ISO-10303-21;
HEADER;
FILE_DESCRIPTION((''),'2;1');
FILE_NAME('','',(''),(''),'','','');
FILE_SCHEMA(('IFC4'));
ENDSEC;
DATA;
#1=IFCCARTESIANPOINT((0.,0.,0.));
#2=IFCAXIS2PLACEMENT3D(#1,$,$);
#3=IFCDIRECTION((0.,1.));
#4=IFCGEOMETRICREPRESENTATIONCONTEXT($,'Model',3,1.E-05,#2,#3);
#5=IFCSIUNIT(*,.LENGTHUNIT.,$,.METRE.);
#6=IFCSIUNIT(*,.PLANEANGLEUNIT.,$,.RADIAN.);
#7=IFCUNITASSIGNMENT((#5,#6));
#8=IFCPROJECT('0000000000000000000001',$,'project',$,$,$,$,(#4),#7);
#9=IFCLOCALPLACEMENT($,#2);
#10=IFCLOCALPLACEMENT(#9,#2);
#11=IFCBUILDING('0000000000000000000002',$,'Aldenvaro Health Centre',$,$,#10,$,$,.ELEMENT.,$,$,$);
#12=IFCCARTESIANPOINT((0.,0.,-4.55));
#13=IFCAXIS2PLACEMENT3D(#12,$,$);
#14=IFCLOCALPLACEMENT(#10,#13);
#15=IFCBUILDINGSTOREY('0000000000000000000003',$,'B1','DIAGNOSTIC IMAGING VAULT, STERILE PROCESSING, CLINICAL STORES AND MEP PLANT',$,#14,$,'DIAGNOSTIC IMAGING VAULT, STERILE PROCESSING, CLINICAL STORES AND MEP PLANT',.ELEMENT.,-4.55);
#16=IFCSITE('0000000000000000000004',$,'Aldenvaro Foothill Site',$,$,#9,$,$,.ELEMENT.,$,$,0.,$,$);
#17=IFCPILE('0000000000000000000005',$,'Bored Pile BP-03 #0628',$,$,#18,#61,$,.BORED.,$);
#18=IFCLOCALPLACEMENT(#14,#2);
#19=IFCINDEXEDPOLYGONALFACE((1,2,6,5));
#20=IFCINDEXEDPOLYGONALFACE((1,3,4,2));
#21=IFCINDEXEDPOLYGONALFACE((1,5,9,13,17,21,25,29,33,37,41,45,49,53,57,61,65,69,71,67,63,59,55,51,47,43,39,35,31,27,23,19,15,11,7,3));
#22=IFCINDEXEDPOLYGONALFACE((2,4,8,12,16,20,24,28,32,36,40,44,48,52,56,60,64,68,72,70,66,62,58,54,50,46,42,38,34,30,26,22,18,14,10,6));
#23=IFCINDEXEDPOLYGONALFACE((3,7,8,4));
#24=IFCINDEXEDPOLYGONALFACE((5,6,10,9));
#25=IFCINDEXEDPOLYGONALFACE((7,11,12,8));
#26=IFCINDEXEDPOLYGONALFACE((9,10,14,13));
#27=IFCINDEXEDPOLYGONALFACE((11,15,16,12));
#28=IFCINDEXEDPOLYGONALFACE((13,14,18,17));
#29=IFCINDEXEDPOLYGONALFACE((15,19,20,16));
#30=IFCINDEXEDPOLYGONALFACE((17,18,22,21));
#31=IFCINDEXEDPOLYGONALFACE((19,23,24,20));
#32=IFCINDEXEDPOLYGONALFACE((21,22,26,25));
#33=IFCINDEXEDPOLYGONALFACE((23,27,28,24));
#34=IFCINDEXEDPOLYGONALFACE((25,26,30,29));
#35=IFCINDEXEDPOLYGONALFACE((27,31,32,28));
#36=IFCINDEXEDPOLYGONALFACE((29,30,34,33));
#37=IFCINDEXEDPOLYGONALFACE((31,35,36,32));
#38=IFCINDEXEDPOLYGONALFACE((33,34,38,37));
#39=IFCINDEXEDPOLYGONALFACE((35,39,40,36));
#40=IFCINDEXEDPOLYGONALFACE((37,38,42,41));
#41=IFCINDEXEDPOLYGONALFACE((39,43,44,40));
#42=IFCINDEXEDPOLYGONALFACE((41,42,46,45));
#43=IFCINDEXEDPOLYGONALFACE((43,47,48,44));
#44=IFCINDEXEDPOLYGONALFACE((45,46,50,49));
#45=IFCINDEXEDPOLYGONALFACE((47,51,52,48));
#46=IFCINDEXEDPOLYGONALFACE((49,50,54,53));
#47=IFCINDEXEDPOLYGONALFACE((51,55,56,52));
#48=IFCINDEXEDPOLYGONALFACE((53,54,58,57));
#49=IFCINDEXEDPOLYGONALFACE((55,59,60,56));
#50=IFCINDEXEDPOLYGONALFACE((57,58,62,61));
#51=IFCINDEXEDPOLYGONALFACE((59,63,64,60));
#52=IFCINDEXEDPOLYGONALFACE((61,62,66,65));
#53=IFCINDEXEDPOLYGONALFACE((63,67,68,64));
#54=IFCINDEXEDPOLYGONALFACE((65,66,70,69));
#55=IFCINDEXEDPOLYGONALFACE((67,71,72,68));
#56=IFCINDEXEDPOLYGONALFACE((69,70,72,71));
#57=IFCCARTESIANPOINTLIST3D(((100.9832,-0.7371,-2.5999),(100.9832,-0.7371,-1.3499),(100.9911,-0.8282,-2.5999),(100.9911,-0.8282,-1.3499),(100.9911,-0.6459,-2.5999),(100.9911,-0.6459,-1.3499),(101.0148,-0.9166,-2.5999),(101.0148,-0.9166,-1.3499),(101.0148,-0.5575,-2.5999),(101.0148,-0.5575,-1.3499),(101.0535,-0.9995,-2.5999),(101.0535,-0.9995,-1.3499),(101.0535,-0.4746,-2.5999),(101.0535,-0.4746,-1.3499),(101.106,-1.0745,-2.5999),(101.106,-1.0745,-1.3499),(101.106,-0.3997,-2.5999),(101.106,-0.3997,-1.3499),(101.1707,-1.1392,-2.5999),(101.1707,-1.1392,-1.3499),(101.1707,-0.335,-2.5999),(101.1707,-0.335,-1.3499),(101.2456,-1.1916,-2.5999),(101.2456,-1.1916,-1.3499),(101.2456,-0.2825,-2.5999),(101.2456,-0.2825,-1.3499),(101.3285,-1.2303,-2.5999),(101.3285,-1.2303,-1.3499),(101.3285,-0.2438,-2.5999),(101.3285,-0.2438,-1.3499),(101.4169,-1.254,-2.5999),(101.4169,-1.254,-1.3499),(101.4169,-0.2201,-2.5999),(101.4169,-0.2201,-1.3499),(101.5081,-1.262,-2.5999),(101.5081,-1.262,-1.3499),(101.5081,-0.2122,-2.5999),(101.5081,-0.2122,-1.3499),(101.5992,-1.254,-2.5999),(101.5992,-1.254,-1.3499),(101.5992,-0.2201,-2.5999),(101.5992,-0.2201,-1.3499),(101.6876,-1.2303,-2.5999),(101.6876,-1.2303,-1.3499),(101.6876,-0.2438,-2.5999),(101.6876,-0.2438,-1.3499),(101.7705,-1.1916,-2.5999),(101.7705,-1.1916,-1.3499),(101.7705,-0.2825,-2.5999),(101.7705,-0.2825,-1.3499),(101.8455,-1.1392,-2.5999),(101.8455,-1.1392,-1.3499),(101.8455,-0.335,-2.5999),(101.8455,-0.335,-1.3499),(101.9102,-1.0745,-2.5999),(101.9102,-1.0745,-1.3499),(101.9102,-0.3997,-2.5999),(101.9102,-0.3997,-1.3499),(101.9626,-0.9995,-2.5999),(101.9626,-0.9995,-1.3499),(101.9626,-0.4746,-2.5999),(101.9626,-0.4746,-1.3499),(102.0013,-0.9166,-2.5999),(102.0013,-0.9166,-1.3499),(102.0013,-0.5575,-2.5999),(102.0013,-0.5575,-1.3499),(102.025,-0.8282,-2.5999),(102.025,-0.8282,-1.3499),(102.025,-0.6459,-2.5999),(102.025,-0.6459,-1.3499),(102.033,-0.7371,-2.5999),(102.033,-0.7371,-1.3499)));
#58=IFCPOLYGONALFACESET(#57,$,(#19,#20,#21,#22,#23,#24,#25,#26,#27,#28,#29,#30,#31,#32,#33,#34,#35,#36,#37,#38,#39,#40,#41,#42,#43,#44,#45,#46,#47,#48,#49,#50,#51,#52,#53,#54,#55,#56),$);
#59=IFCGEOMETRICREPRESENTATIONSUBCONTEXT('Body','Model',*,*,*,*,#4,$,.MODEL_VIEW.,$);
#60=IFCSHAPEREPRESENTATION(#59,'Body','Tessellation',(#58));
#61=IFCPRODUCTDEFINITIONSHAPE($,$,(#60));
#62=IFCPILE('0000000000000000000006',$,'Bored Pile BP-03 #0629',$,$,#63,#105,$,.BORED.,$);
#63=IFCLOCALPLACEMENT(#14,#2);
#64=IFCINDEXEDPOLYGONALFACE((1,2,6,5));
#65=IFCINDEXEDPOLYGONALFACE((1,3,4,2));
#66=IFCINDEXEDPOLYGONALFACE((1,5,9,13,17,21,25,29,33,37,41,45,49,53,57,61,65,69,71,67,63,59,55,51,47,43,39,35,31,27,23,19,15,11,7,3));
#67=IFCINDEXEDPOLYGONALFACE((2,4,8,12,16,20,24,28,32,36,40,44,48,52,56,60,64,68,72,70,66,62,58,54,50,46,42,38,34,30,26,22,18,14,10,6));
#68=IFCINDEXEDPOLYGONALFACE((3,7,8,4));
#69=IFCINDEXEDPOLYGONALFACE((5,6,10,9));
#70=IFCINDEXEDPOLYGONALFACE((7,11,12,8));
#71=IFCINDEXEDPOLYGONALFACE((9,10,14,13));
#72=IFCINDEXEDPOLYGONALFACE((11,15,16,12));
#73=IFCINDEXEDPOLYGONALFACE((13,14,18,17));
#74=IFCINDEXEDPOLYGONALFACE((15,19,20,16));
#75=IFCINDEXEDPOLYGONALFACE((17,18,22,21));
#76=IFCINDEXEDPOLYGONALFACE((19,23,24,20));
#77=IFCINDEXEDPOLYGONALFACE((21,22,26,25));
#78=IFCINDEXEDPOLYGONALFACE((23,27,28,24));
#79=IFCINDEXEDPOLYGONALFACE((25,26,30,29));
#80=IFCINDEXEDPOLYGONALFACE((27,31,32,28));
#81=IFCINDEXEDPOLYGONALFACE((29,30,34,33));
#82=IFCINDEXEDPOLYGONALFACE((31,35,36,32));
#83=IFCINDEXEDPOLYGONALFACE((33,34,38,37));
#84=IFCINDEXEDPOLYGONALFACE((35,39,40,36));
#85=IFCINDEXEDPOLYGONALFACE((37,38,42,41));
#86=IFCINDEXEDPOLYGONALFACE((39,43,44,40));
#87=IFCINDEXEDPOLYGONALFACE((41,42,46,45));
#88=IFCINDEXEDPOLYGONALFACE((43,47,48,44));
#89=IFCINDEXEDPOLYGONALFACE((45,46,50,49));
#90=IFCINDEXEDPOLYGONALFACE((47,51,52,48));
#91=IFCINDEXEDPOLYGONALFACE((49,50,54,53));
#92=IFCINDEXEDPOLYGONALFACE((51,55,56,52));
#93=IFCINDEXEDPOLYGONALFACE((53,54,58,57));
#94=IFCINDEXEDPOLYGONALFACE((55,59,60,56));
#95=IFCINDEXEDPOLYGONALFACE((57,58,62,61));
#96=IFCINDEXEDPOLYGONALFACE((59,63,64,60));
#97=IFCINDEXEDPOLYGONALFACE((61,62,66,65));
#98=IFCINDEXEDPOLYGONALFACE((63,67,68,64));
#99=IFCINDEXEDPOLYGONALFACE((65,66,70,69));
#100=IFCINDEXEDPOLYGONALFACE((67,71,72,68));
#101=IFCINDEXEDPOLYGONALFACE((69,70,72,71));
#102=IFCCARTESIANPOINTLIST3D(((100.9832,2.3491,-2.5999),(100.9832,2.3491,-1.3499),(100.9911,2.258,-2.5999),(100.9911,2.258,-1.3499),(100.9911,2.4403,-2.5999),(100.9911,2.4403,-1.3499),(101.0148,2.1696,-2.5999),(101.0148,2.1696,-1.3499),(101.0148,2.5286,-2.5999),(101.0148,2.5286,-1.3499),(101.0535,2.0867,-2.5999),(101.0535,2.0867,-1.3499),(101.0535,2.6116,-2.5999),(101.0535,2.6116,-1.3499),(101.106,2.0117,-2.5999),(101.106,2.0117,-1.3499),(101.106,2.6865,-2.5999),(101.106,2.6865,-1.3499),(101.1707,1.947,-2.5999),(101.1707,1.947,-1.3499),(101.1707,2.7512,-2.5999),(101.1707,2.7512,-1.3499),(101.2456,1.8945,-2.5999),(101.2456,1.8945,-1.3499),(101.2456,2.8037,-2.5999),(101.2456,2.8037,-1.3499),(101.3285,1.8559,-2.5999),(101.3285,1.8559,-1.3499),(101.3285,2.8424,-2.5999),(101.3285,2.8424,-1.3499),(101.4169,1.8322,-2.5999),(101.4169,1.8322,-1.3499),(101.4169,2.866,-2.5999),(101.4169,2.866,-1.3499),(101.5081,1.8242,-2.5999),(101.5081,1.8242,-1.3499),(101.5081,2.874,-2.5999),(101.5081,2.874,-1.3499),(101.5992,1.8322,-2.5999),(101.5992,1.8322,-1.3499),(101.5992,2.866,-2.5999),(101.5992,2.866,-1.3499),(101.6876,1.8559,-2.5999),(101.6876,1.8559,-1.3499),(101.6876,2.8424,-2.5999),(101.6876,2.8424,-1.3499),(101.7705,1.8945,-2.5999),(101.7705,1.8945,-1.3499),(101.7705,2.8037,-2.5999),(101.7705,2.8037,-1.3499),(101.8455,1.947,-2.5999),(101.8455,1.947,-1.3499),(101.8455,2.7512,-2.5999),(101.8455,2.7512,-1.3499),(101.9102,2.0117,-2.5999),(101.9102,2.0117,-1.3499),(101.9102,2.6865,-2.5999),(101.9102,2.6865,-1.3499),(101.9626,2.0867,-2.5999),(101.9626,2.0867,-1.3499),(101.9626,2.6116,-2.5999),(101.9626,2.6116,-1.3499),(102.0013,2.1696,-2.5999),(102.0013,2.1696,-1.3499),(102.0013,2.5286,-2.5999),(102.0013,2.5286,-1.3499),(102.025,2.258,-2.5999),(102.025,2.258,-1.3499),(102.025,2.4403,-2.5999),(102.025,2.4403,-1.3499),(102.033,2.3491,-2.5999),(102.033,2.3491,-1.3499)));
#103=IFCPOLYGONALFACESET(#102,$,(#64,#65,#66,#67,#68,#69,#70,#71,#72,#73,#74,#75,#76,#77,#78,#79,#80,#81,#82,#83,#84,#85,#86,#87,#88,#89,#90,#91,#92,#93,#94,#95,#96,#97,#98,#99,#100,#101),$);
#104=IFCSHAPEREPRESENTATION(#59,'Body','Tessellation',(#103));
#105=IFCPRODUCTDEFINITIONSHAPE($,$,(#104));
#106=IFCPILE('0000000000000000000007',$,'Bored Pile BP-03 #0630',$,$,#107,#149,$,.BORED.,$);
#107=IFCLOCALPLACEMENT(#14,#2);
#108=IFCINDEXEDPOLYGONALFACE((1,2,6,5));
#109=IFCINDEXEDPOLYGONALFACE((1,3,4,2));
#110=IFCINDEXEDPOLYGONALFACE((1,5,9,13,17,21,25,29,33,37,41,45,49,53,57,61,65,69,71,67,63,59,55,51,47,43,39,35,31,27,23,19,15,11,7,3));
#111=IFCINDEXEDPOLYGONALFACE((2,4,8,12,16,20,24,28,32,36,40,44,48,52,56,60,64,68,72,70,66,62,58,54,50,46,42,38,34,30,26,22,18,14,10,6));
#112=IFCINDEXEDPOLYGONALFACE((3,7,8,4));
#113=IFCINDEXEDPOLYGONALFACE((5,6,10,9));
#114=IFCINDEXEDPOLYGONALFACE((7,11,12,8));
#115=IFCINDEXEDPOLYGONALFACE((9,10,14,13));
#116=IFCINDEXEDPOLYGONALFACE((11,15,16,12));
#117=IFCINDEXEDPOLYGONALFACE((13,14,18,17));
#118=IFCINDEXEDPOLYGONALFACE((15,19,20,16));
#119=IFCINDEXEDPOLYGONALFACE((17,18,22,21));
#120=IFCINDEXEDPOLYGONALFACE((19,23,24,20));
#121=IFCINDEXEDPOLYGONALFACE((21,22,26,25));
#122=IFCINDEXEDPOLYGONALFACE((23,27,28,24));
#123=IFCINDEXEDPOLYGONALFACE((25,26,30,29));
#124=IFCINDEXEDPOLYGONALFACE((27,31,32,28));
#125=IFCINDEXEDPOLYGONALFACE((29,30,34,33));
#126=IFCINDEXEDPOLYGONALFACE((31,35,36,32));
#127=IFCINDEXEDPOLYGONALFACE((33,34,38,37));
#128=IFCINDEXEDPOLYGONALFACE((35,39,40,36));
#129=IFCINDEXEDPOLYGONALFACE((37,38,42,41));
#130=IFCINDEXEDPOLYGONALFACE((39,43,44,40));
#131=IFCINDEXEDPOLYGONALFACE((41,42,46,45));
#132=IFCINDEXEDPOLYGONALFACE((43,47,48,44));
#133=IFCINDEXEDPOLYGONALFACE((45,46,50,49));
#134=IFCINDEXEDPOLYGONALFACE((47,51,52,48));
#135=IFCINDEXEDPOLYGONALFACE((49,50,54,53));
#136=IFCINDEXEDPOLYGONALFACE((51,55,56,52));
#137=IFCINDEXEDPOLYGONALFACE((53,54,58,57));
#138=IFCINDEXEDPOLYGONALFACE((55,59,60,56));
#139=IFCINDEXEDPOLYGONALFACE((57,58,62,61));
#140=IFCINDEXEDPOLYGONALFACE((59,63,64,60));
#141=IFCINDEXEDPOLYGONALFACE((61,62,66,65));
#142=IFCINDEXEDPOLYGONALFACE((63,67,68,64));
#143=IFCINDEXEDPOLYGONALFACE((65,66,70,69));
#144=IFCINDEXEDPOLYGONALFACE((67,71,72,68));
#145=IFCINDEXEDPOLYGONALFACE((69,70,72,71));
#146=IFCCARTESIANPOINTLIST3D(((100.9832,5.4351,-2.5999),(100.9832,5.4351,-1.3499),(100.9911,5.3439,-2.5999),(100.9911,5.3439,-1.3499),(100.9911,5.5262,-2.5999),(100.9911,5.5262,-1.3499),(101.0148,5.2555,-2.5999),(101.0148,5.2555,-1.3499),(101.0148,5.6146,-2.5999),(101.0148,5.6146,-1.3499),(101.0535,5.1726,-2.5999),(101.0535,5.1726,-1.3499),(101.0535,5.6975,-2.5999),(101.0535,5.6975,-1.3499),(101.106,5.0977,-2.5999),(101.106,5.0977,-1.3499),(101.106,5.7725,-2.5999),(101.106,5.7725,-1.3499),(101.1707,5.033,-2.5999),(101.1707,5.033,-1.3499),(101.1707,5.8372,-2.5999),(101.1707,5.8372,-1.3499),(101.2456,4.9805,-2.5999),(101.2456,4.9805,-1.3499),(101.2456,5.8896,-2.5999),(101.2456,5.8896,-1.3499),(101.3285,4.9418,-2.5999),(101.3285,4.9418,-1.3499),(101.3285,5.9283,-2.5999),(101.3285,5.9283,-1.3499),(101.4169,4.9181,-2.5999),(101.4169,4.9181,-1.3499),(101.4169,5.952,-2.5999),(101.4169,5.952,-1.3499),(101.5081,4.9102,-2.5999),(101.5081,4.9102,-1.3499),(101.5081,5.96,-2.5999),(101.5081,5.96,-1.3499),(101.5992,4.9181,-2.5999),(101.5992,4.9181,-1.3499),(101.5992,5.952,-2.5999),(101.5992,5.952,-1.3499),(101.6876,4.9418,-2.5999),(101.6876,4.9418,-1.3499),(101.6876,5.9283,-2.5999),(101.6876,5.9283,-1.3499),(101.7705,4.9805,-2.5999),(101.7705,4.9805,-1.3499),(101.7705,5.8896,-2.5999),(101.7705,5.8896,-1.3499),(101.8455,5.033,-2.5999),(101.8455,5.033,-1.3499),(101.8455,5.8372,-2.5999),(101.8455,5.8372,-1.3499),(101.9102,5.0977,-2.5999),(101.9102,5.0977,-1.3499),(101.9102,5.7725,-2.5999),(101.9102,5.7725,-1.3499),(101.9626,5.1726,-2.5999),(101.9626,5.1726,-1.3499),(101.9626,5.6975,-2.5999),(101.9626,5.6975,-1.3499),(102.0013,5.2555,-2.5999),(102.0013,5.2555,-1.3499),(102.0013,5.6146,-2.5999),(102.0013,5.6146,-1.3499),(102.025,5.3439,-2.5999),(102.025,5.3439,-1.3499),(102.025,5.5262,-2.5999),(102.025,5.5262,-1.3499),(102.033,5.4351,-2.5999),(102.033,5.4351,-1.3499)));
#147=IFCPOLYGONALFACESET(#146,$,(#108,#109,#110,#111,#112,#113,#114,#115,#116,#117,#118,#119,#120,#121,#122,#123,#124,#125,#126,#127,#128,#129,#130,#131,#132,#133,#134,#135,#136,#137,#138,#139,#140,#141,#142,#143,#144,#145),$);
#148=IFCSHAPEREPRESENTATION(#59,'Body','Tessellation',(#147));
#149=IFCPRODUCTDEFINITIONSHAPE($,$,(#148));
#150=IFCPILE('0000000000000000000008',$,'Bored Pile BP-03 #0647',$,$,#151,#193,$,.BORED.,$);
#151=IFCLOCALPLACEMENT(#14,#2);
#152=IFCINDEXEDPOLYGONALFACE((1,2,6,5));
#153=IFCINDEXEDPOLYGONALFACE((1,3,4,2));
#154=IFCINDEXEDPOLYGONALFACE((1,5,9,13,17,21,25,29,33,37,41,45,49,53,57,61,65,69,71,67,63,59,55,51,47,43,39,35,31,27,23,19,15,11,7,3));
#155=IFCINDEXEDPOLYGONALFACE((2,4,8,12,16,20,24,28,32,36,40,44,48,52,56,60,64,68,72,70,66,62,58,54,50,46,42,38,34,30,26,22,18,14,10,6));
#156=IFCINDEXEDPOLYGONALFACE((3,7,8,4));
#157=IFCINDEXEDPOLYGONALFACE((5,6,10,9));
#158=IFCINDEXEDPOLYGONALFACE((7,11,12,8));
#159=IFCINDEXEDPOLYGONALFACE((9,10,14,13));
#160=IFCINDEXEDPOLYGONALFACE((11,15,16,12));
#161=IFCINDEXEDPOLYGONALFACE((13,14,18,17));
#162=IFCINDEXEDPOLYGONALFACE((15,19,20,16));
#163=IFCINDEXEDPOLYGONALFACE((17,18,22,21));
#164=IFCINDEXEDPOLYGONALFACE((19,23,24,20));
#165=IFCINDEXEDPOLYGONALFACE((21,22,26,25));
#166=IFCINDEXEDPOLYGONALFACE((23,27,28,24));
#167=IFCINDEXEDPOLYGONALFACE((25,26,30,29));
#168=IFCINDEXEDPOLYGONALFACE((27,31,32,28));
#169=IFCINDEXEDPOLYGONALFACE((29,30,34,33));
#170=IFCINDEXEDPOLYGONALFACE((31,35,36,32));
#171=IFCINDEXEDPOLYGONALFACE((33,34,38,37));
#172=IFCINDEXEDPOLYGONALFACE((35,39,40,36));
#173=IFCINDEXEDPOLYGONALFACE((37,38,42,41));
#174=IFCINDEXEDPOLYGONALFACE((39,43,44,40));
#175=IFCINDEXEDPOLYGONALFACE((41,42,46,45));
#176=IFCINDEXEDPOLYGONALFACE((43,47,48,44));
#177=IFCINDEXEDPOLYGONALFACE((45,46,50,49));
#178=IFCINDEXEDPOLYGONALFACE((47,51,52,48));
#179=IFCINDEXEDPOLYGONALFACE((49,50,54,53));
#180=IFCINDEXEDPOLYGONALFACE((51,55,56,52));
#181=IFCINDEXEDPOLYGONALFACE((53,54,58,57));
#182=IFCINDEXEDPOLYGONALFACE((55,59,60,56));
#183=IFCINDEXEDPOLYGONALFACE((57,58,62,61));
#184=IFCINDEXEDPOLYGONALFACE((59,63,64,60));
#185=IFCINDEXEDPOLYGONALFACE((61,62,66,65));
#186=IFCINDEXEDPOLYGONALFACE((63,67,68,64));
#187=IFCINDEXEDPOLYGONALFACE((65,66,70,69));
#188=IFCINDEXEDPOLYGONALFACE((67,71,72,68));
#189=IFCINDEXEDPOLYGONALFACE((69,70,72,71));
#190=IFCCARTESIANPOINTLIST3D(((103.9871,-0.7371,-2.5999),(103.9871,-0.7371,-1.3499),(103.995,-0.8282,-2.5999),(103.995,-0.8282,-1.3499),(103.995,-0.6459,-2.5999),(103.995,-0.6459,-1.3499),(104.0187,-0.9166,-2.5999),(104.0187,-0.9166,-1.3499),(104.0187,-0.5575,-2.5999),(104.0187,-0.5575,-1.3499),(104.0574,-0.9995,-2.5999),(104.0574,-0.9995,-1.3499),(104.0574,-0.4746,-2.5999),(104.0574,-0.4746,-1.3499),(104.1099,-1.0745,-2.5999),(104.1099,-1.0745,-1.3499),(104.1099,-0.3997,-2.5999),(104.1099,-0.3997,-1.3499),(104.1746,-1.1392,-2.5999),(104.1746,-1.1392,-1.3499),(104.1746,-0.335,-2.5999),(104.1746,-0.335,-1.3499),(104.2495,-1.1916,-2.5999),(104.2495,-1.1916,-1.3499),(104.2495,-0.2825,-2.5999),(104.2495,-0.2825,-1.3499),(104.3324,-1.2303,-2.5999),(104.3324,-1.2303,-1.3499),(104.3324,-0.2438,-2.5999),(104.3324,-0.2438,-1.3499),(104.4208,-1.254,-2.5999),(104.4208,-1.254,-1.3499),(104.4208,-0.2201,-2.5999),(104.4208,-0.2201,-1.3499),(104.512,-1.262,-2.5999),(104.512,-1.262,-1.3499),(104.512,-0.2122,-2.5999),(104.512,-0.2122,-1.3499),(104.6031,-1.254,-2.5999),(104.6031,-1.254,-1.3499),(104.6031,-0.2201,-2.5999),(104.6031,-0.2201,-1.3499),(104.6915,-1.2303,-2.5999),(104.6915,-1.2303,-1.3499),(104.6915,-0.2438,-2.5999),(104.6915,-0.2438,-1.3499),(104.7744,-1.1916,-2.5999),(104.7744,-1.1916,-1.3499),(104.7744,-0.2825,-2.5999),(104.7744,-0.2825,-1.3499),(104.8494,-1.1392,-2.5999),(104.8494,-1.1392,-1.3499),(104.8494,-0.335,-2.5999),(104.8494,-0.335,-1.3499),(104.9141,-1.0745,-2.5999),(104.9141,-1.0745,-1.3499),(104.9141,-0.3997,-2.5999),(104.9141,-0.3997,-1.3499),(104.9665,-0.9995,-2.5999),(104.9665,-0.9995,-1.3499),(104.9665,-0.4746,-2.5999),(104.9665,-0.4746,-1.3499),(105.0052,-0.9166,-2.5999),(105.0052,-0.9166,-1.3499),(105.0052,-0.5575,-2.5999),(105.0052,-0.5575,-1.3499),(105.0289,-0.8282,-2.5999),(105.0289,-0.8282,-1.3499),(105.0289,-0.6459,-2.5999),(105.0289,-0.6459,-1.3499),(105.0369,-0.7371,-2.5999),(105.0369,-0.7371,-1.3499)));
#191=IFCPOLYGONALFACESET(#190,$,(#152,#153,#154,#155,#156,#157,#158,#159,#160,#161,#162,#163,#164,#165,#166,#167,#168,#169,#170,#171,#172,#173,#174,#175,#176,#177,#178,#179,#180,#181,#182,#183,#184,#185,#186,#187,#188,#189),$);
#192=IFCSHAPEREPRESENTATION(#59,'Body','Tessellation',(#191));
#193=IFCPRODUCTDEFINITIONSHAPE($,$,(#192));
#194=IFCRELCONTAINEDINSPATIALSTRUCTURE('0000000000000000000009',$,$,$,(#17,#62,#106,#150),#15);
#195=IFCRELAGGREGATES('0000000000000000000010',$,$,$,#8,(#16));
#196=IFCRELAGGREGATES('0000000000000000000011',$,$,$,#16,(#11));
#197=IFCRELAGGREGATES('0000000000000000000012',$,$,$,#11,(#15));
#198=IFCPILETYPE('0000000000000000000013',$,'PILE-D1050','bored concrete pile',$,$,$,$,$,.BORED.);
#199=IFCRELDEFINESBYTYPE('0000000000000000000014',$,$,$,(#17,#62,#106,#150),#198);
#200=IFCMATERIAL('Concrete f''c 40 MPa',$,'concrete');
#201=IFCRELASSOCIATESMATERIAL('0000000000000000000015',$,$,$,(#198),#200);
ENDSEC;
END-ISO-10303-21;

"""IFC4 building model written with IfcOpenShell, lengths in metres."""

from ifc_helpers import new_model, si_unit, direction, frame, origin, origin_2d, place, context, subcontext, project, spatial, circle, extrude, material, material_profile, profile_set, type_object, element, save


model = new_model("IFC4")

# Units and contexts
model_context = context("Model", 3, precision=1e-05, world=origin(), true_north=direction((0.0, 1.0)))
body_context = subcontext(model_context, "Body", "Model", "MODEL_VIEW")
ifc_project = project(units=[si_unit("LENGTHUNIT", "METRE"), si_unit("PLANEANGLEUNIT", "RADIAN")], contexts=[model_context])

# Site, building, storey
site_placement = place(None, origin())
site = spatial("IfcSite", under=ifc_project, at=site_placement, Name="Aldenvaro Foothill Site", CompositionType="ELEMENT", RefElevation=0.0)
building_placement = place(site_placement, origin())
building = spatial("IfcBuilding", under=site, at=building_placement, Name="Aldenvaro Health Centre", CompositionType="ELEMENT")
storey_placement = place(building_placement, frame((0.0, 0.0, -4.55)))
storey = spatial("IfcBuildingStorey", under=building, at=storey_placement, Name="B1", Description="DIAGNOSTIC IMAGING VAULT, STERILE PROCESSING, CLINICAL STORES AND MEP PLANT", LongName="DIAGNOSTIC IMAGING VAULT, STERILE PROCESSING, CLINICAL STORES AND MEP PLANT", CompositionType="ELEMENT", Elevation=-4.55)

# Piles
ifc_material = material(Name="Concrete f'c 40 MPa", Category="concrete")
ifc_material_profile_1 = material_profile(ifc_material, circle(Radius=0.5249, at=origin_2d()), Name="PILE D1050", Category="concrete")
ifc_profile_set_1 = profile_set([ifc_material_profile_1], Name="Concrete f'c 40 MPa")
pile_type = type_object("IfcPileType", Name="PILE-D1050", Description="bored concrete pile", PredefinedType="BORED", material=ifc_profile_set_1)
for number, where, z_axis, x_axis, name in (
    (1, (101.5081, -0.7371, -1.3499), (0.0, 0.0, -1.0), (1.0, 0.0, 0.0), "Bored Pile BP-03 #0628"),
    (2, (101.5081, 2.3491, -1.3499), (0.0, 0.0, -1.0), (1.0, 0.0, 0.0), "Bored Pile BP-03 #0629"),
    (3, (101.5081, 5.4351, -1.3499), (0.0, 0.0, -1.0), (1.0, 0.0, 0.0), "Bored Pile BP-03 #0630"),
    (4, (104.512, -0.7371, -1.3499), (0.0, 0.0, -1.0), (1.0, 0.0, 0.0), "Bored Pile BP-03 #0647"),
):
    element("IfcPile", number, at=place(storey_placement, frame(where, z_axis=z_axis, x_axis=x_axis)), inside=storey, type_object=pile_type, Name=name, PredefinedType="BORED", context=body_context, shape_type="SweptSolid", body=[
        extrude(circle(Radius=0.5249, at=origin_2d()), origin(), (0.0, 0.0, 1.0), 1.25),
    ])

save(model, "model.ifc")
